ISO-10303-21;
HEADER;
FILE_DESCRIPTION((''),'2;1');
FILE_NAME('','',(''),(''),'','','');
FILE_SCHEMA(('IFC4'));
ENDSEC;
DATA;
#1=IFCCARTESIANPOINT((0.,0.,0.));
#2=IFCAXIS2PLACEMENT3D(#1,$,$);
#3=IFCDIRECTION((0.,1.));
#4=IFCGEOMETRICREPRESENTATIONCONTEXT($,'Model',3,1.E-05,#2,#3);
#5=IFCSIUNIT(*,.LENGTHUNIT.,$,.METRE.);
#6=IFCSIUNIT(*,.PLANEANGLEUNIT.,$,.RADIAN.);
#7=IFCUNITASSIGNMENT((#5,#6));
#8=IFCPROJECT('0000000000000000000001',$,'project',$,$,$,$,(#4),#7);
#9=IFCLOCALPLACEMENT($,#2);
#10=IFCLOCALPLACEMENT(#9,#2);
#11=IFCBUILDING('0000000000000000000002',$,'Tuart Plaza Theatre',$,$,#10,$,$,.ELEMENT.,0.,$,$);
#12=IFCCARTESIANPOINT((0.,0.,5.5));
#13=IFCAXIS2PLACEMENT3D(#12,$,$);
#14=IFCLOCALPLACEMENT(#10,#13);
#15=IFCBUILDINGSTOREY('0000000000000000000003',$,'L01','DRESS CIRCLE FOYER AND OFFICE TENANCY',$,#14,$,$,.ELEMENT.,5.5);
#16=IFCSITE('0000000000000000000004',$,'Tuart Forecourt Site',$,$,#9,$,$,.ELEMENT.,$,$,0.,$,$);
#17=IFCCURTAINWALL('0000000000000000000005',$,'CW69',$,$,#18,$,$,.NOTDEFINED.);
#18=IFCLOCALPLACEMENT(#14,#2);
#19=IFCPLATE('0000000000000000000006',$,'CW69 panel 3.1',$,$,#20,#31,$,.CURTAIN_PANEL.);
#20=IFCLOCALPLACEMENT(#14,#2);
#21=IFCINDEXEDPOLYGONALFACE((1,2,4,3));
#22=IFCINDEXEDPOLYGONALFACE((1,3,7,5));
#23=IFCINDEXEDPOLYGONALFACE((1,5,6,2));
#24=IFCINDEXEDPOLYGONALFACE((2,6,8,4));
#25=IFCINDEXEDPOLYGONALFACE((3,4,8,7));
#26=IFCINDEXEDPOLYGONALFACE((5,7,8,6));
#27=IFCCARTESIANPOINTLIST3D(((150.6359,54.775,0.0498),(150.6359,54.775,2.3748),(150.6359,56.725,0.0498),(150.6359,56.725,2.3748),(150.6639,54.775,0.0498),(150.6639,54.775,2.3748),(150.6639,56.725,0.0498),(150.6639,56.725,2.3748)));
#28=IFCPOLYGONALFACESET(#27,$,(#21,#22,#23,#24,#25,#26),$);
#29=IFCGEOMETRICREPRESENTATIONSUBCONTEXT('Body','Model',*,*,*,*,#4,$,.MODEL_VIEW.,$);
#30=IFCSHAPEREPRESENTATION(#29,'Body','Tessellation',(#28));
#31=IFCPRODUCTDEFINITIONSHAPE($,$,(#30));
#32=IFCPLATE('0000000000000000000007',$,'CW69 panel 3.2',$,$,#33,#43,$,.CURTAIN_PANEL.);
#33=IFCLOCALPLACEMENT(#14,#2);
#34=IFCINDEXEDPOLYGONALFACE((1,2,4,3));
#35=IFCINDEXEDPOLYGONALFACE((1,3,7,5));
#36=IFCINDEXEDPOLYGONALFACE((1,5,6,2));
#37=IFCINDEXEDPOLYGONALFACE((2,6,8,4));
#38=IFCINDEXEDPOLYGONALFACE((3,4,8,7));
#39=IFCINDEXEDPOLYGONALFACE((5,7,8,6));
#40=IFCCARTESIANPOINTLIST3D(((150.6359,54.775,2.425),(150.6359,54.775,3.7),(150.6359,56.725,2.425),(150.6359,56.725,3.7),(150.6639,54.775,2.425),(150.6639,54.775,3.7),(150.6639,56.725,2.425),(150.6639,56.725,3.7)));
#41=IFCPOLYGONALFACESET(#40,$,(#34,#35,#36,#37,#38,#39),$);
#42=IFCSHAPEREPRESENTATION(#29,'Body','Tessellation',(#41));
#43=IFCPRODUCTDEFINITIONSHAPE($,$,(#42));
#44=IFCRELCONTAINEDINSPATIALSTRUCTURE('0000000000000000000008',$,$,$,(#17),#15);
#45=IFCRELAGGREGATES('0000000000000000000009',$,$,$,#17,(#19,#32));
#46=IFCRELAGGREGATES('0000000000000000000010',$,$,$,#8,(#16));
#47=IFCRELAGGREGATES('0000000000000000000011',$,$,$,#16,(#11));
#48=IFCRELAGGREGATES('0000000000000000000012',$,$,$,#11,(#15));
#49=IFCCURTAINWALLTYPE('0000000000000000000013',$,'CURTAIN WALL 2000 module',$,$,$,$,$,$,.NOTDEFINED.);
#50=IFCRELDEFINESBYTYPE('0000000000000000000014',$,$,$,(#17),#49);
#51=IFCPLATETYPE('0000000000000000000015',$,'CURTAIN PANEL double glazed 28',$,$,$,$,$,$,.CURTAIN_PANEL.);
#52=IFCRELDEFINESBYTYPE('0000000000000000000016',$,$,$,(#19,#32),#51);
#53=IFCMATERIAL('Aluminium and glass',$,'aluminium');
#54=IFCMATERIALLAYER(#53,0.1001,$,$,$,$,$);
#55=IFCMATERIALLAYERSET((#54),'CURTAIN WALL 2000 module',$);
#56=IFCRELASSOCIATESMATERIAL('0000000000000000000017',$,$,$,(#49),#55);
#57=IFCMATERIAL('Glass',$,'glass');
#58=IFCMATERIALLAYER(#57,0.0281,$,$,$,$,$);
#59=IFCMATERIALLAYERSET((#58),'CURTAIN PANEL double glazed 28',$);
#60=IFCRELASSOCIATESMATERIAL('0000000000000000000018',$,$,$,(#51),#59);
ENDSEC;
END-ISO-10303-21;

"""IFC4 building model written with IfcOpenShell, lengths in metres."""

from ifc_helpers import new_model, si_unit, direction, frame, origin, origin_2d, place, context, subcontext, project, spatial, rectangle, extrude, material, layer, layer_set, type_object, element, aggregate, save


model = new_model("IFC4")

# Units and contexts
model_context = context("Model", 3, precision=1e-05, world=origin(), true_north=direction((0.0, 1.0)))
body_context = subcontext(model_context, "Body", "Model", "MODEL_VIEW")
ifc_project = project(units=[si_unit("LENGTHUNIT", "METRE"), si_unit("PLANEANGLEUNIT", "RADIAN")], contexts=[model_context])

# Site, building, storey
site_placement = place(None, origin())
site = spatial("IfcSite", under=ifc_project, at=site_placement, Name="Tuart Forecourt Site", CompositionType="ELEMENT", RefElevation=0.0)
building_placement = place(site_placement, origin())
building = spatial("IfcBuilding", under=site, at=building_placement, Name="Tuart Plaza Theatre", CompositionType="ELEMENT", ElevationOfRefHeight=0.0)
storey_placement = place(building_placement, frame((0.0, 0.0, 5.5)))
storey = spatial("IfcBuildingStorey", under=building, at=storey_placement, Name="L01", Description="DRESS CIRCLE FOYER AND OFFICE TENANCY", CompositionType="ELEMENT", Elevation=5.5)

# Curtain wall, plates
ifc_material_1 = material(Name="Aluminium and glass", Category="aluminium")
ifc_layer_1 = layer(ifc_material_1, 0.1001)
ifc_layer_set_1 = layer_set([ifc_layer_1], Name="CURTAIN WALL 2000 module")
curtain_wall_type = type_object("IfcCurtainWallType", Name="CURTAIN WALL 2000 module", PredefinedType="NOTDEFINED", material=ifc_layer_set_1)
curtain_wall_placement = place(storey_placement, origin())
curtain_wall = element("IfcCurtainWall", 1, at=curtain_wall_placement, inside=storey, type_object=curtain_wall_type, Name="CW69", PredefinedType="NOTDEFINED")
ifc_material_2 = material(Name="Glass", Category="glass")
ifc_layer_2 = layer(ifc_material_2, 0.0281)
ifc_layer_set_2 = layer_set([ifc_layer_2], Name="CURTAIN PANEL double glazed 28")
plate_type = type_object("IfcPlateType", Name="CURTAIN PANEL double glazed 28", PredefinedType="CURTAIN_PANEL", material=ifc_layer_set_2)
plate_1_placement = place(storey_placement, frame((150.6499, 55.75, 0.0498), z_axis=(0.0, 0.0, 1.0), x_axis=(0.0, 1.0, 0.0)))
plate_1 = element("IfcPlate", 2, at=plate_1_placement, type_object=plate_type, Name="CW69 panel 3.1", PredefinedType="CURTAIN_PANEL", context=body_context, shape_type="SweptSolid", body=[
    extrude(rectangle(XDim=1.95, YDim=0.0281, at=origin_2d()), origin(), (0.0, 0.0, 1.0), 2.325),
])
plate_2_placement = place(storey_placement, frame((150.6499, 55.75, 2.425), z_axis=(0.0, 0.0, 1.0), x_axis=(0.0, 1.0, 0.0)))
plate_2 = element("IfcPlate", 3, at=plate_2_placement, type_object=plate_type, Name="CW69 panel 3.2", PredefinedType="CURTAIN_PANEL", context=body_context, shape_type="SweptSolid", body=[
    extrude(rectangle(XDim=1.95, YDim=0.0281, at=origin_2d()), origin(), (0.0, 0.0, 1.0), 1.2749),
])
aggregate(curtain_wall, [plate_1, plate_2])

save(model, "model.ifc")
